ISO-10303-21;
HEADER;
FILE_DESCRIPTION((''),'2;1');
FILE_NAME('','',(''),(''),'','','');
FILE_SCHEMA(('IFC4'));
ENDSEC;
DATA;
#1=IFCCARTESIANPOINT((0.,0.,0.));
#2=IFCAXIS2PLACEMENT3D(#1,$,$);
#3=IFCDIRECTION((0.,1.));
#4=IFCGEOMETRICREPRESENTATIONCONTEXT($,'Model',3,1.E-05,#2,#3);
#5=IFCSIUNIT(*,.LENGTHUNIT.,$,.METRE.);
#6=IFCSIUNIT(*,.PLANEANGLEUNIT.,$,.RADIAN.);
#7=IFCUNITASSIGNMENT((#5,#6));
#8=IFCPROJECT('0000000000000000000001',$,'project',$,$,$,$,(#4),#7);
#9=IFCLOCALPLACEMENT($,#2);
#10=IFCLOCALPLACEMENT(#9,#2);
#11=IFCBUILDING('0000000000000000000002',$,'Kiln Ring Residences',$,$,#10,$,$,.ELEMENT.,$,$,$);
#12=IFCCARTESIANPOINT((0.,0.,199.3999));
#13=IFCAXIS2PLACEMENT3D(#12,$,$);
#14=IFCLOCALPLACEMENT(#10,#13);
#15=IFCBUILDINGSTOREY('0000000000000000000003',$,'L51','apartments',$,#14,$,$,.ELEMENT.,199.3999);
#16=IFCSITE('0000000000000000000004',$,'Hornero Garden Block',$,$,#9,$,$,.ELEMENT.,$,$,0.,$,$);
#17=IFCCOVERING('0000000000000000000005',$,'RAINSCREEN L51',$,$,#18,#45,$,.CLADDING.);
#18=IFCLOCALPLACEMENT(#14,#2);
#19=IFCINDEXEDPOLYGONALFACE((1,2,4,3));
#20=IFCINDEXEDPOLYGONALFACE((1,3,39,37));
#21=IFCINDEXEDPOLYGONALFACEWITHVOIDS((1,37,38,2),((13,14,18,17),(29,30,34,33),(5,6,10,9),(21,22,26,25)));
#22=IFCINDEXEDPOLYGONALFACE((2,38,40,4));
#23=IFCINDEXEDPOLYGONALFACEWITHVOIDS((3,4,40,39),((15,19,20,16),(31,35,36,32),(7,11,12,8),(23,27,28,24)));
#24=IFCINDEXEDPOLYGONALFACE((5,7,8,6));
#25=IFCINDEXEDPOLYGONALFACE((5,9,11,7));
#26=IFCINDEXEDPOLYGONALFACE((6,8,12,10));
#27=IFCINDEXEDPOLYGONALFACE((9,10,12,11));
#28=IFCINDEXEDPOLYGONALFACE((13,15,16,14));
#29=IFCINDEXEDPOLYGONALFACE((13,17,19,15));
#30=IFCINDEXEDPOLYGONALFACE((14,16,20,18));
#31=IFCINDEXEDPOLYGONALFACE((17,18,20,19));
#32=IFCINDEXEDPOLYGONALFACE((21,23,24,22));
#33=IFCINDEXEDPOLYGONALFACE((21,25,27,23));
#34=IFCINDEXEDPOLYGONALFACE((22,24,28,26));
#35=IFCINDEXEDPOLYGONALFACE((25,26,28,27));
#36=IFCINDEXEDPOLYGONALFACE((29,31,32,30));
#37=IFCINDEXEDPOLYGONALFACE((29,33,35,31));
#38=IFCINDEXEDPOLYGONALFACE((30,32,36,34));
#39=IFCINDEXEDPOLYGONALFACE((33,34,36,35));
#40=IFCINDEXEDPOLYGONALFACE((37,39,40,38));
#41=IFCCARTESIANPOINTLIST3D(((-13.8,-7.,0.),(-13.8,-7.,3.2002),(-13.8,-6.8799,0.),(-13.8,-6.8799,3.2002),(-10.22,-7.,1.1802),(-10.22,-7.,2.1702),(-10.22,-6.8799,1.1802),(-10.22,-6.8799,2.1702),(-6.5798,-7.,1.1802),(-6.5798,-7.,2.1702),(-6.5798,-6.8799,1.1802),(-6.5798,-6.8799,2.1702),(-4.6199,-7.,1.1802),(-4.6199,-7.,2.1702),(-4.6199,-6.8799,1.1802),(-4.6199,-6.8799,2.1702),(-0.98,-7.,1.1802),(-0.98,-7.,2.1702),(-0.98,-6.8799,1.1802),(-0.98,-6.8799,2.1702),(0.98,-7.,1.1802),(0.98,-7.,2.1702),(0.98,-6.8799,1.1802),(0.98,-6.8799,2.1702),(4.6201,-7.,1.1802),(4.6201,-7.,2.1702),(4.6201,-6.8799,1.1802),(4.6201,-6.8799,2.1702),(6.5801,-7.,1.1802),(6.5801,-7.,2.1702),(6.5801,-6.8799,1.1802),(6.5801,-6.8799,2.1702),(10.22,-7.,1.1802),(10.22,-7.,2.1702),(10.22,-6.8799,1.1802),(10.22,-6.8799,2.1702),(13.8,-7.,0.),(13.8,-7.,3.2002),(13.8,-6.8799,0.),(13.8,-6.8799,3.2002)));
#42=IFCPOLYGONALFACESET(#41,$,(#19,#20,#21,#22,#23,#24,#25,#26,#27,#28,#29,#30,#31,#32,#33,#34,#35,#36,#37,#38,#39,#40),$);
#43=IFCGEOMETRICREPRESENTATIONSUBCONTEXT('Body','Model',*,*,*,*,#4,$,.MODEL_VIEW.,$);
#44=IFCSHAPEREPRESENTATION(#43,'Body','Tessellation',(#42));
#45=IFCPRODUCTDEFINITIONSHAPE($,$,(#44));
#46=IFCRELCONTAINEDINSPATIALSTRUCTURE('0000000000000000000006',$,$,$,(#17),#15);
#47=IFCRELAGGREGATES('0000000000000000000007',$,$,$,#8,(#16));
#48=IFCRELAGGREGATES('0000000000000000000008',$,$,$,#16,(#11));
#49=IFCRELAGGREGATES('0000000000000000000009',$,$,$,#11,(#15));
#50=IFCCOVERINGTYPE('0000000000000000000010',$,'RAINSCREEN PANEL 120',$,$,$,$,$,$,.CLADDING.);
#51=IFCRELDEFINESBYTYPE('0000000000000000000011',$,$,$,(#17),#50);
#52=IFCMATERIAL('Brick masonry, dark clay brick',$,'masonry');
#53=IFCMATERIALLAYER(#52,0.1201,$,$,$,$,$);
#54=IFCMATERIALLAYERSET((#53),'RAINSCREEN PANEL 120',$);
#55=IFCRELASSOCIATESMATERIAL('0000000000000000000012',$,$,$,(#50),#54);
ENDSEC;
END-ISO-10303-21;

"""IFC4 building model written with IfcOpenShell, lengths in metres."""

from ifc_helpers import new_model, si_unit, direction, frame, origin, place, context, subcontext, project, spatial, polyline, outline, extrude, material, layer, layer_set, type_object, element, save


model = new_model("IFC4")

# Units and contexts
model_context = context("Model", 3, precision=1e-05, world=origin(), true_north=direction((0.0, 1.0)))
body_context = subcontext(model_context, "Body", "Model", "MODEL_VIEW")
ifc_project = project(units=[si_unit("LENGTHUNIT", "METRE"), si_unit("PLANEANGLEUNIT", "RADIAN")], contexts=[model_context])

# Site, building, storey
site_placement = place(None, origin())
site = spatial("IfcSite", under=ifc_project, at=site_placement, Name="Hornero Garden Block", CompositionType="ELEMENT", RefElevation=0.0)
building_placement = place(site_placement, origin())
building = spatial("IfcBuilding", under=site, at=building_placement, Name="Kiln Ring Residences", CompositionType="ELEMENT")
storey_placement = place(building_placement, frame((0.0, 0.0, 199.3999)))
storey = spatial("IfcBuildingStorey", under=building, at=storey_placement, Name="L51", Description="apartments", CompositionType="ELEMENT", Elevation=199.3999)

# Covering
ifc_material_1 = material(Name="Brick masonry, dark clay brick", Category="masonry")
ifc_layer_1 = layer(ifc_material_1, 0.1201)
ifc_layer_set_1 = layer_set([ifc_layer_1], Name="RAINSCREEN PANEL 120")
covering_type = type_object("IfcCoveringType", Name="RAINSCREEN PANEL 120", PredefinedType="CLADDING", material=ifc_layer_set_1)
covering_placement = place(storey_placement, frame((13.8, -6.9399, 0.0), z_axis=(0.0, 0.0, 1.0), x_axis=(-1.0, 0.0, 0.0)))
element("IfcCovering", 1, at=covering_placement, inside=storey, type_object=covering_type, Name="RAINSCREEN L51", PredefinedType="CLADDING", context=body_context, shape_type="SweptSolid", body=[
    extrude(outline(polyline([(0.0, 0.0), (27.6001, 0.0), (27.6001, 3.2002), (0.0, 3.2002), (0.0, 0.0)]), holes=[polyline([(7.22, 1.1802), (7.22, 2.1702), (3.5801, 2.1702), (3.5801, 1.1802), (7.22, 1.1802)]), polyline([(12.8201, 1.1802), (12.8201, 2.1702), (9.1799, 2.1702), (9.1799, 1.1802), (12.8201, 1.1802)]), polyline([(18.4199, 1.1802), (18.4199, 2.1702), (14.78, 2.1702), (14.78, 1.1802), (18.4199, 1.1802)]), polyline([(24.02, 1.1802), (24.02, 2.1702), (20.3799, 2.1702), (20.3799, 1.1802), (24.02, 1.1802)])]), frame((0.0, 0.0601, 0.0), z_axis=(0.0, -1.0, 0.0), x_axis=(1.0, 0.0, 0.0)), (0.0, 0.0, 1.0), 0.1201),
])

save(model, "model.ifc")
